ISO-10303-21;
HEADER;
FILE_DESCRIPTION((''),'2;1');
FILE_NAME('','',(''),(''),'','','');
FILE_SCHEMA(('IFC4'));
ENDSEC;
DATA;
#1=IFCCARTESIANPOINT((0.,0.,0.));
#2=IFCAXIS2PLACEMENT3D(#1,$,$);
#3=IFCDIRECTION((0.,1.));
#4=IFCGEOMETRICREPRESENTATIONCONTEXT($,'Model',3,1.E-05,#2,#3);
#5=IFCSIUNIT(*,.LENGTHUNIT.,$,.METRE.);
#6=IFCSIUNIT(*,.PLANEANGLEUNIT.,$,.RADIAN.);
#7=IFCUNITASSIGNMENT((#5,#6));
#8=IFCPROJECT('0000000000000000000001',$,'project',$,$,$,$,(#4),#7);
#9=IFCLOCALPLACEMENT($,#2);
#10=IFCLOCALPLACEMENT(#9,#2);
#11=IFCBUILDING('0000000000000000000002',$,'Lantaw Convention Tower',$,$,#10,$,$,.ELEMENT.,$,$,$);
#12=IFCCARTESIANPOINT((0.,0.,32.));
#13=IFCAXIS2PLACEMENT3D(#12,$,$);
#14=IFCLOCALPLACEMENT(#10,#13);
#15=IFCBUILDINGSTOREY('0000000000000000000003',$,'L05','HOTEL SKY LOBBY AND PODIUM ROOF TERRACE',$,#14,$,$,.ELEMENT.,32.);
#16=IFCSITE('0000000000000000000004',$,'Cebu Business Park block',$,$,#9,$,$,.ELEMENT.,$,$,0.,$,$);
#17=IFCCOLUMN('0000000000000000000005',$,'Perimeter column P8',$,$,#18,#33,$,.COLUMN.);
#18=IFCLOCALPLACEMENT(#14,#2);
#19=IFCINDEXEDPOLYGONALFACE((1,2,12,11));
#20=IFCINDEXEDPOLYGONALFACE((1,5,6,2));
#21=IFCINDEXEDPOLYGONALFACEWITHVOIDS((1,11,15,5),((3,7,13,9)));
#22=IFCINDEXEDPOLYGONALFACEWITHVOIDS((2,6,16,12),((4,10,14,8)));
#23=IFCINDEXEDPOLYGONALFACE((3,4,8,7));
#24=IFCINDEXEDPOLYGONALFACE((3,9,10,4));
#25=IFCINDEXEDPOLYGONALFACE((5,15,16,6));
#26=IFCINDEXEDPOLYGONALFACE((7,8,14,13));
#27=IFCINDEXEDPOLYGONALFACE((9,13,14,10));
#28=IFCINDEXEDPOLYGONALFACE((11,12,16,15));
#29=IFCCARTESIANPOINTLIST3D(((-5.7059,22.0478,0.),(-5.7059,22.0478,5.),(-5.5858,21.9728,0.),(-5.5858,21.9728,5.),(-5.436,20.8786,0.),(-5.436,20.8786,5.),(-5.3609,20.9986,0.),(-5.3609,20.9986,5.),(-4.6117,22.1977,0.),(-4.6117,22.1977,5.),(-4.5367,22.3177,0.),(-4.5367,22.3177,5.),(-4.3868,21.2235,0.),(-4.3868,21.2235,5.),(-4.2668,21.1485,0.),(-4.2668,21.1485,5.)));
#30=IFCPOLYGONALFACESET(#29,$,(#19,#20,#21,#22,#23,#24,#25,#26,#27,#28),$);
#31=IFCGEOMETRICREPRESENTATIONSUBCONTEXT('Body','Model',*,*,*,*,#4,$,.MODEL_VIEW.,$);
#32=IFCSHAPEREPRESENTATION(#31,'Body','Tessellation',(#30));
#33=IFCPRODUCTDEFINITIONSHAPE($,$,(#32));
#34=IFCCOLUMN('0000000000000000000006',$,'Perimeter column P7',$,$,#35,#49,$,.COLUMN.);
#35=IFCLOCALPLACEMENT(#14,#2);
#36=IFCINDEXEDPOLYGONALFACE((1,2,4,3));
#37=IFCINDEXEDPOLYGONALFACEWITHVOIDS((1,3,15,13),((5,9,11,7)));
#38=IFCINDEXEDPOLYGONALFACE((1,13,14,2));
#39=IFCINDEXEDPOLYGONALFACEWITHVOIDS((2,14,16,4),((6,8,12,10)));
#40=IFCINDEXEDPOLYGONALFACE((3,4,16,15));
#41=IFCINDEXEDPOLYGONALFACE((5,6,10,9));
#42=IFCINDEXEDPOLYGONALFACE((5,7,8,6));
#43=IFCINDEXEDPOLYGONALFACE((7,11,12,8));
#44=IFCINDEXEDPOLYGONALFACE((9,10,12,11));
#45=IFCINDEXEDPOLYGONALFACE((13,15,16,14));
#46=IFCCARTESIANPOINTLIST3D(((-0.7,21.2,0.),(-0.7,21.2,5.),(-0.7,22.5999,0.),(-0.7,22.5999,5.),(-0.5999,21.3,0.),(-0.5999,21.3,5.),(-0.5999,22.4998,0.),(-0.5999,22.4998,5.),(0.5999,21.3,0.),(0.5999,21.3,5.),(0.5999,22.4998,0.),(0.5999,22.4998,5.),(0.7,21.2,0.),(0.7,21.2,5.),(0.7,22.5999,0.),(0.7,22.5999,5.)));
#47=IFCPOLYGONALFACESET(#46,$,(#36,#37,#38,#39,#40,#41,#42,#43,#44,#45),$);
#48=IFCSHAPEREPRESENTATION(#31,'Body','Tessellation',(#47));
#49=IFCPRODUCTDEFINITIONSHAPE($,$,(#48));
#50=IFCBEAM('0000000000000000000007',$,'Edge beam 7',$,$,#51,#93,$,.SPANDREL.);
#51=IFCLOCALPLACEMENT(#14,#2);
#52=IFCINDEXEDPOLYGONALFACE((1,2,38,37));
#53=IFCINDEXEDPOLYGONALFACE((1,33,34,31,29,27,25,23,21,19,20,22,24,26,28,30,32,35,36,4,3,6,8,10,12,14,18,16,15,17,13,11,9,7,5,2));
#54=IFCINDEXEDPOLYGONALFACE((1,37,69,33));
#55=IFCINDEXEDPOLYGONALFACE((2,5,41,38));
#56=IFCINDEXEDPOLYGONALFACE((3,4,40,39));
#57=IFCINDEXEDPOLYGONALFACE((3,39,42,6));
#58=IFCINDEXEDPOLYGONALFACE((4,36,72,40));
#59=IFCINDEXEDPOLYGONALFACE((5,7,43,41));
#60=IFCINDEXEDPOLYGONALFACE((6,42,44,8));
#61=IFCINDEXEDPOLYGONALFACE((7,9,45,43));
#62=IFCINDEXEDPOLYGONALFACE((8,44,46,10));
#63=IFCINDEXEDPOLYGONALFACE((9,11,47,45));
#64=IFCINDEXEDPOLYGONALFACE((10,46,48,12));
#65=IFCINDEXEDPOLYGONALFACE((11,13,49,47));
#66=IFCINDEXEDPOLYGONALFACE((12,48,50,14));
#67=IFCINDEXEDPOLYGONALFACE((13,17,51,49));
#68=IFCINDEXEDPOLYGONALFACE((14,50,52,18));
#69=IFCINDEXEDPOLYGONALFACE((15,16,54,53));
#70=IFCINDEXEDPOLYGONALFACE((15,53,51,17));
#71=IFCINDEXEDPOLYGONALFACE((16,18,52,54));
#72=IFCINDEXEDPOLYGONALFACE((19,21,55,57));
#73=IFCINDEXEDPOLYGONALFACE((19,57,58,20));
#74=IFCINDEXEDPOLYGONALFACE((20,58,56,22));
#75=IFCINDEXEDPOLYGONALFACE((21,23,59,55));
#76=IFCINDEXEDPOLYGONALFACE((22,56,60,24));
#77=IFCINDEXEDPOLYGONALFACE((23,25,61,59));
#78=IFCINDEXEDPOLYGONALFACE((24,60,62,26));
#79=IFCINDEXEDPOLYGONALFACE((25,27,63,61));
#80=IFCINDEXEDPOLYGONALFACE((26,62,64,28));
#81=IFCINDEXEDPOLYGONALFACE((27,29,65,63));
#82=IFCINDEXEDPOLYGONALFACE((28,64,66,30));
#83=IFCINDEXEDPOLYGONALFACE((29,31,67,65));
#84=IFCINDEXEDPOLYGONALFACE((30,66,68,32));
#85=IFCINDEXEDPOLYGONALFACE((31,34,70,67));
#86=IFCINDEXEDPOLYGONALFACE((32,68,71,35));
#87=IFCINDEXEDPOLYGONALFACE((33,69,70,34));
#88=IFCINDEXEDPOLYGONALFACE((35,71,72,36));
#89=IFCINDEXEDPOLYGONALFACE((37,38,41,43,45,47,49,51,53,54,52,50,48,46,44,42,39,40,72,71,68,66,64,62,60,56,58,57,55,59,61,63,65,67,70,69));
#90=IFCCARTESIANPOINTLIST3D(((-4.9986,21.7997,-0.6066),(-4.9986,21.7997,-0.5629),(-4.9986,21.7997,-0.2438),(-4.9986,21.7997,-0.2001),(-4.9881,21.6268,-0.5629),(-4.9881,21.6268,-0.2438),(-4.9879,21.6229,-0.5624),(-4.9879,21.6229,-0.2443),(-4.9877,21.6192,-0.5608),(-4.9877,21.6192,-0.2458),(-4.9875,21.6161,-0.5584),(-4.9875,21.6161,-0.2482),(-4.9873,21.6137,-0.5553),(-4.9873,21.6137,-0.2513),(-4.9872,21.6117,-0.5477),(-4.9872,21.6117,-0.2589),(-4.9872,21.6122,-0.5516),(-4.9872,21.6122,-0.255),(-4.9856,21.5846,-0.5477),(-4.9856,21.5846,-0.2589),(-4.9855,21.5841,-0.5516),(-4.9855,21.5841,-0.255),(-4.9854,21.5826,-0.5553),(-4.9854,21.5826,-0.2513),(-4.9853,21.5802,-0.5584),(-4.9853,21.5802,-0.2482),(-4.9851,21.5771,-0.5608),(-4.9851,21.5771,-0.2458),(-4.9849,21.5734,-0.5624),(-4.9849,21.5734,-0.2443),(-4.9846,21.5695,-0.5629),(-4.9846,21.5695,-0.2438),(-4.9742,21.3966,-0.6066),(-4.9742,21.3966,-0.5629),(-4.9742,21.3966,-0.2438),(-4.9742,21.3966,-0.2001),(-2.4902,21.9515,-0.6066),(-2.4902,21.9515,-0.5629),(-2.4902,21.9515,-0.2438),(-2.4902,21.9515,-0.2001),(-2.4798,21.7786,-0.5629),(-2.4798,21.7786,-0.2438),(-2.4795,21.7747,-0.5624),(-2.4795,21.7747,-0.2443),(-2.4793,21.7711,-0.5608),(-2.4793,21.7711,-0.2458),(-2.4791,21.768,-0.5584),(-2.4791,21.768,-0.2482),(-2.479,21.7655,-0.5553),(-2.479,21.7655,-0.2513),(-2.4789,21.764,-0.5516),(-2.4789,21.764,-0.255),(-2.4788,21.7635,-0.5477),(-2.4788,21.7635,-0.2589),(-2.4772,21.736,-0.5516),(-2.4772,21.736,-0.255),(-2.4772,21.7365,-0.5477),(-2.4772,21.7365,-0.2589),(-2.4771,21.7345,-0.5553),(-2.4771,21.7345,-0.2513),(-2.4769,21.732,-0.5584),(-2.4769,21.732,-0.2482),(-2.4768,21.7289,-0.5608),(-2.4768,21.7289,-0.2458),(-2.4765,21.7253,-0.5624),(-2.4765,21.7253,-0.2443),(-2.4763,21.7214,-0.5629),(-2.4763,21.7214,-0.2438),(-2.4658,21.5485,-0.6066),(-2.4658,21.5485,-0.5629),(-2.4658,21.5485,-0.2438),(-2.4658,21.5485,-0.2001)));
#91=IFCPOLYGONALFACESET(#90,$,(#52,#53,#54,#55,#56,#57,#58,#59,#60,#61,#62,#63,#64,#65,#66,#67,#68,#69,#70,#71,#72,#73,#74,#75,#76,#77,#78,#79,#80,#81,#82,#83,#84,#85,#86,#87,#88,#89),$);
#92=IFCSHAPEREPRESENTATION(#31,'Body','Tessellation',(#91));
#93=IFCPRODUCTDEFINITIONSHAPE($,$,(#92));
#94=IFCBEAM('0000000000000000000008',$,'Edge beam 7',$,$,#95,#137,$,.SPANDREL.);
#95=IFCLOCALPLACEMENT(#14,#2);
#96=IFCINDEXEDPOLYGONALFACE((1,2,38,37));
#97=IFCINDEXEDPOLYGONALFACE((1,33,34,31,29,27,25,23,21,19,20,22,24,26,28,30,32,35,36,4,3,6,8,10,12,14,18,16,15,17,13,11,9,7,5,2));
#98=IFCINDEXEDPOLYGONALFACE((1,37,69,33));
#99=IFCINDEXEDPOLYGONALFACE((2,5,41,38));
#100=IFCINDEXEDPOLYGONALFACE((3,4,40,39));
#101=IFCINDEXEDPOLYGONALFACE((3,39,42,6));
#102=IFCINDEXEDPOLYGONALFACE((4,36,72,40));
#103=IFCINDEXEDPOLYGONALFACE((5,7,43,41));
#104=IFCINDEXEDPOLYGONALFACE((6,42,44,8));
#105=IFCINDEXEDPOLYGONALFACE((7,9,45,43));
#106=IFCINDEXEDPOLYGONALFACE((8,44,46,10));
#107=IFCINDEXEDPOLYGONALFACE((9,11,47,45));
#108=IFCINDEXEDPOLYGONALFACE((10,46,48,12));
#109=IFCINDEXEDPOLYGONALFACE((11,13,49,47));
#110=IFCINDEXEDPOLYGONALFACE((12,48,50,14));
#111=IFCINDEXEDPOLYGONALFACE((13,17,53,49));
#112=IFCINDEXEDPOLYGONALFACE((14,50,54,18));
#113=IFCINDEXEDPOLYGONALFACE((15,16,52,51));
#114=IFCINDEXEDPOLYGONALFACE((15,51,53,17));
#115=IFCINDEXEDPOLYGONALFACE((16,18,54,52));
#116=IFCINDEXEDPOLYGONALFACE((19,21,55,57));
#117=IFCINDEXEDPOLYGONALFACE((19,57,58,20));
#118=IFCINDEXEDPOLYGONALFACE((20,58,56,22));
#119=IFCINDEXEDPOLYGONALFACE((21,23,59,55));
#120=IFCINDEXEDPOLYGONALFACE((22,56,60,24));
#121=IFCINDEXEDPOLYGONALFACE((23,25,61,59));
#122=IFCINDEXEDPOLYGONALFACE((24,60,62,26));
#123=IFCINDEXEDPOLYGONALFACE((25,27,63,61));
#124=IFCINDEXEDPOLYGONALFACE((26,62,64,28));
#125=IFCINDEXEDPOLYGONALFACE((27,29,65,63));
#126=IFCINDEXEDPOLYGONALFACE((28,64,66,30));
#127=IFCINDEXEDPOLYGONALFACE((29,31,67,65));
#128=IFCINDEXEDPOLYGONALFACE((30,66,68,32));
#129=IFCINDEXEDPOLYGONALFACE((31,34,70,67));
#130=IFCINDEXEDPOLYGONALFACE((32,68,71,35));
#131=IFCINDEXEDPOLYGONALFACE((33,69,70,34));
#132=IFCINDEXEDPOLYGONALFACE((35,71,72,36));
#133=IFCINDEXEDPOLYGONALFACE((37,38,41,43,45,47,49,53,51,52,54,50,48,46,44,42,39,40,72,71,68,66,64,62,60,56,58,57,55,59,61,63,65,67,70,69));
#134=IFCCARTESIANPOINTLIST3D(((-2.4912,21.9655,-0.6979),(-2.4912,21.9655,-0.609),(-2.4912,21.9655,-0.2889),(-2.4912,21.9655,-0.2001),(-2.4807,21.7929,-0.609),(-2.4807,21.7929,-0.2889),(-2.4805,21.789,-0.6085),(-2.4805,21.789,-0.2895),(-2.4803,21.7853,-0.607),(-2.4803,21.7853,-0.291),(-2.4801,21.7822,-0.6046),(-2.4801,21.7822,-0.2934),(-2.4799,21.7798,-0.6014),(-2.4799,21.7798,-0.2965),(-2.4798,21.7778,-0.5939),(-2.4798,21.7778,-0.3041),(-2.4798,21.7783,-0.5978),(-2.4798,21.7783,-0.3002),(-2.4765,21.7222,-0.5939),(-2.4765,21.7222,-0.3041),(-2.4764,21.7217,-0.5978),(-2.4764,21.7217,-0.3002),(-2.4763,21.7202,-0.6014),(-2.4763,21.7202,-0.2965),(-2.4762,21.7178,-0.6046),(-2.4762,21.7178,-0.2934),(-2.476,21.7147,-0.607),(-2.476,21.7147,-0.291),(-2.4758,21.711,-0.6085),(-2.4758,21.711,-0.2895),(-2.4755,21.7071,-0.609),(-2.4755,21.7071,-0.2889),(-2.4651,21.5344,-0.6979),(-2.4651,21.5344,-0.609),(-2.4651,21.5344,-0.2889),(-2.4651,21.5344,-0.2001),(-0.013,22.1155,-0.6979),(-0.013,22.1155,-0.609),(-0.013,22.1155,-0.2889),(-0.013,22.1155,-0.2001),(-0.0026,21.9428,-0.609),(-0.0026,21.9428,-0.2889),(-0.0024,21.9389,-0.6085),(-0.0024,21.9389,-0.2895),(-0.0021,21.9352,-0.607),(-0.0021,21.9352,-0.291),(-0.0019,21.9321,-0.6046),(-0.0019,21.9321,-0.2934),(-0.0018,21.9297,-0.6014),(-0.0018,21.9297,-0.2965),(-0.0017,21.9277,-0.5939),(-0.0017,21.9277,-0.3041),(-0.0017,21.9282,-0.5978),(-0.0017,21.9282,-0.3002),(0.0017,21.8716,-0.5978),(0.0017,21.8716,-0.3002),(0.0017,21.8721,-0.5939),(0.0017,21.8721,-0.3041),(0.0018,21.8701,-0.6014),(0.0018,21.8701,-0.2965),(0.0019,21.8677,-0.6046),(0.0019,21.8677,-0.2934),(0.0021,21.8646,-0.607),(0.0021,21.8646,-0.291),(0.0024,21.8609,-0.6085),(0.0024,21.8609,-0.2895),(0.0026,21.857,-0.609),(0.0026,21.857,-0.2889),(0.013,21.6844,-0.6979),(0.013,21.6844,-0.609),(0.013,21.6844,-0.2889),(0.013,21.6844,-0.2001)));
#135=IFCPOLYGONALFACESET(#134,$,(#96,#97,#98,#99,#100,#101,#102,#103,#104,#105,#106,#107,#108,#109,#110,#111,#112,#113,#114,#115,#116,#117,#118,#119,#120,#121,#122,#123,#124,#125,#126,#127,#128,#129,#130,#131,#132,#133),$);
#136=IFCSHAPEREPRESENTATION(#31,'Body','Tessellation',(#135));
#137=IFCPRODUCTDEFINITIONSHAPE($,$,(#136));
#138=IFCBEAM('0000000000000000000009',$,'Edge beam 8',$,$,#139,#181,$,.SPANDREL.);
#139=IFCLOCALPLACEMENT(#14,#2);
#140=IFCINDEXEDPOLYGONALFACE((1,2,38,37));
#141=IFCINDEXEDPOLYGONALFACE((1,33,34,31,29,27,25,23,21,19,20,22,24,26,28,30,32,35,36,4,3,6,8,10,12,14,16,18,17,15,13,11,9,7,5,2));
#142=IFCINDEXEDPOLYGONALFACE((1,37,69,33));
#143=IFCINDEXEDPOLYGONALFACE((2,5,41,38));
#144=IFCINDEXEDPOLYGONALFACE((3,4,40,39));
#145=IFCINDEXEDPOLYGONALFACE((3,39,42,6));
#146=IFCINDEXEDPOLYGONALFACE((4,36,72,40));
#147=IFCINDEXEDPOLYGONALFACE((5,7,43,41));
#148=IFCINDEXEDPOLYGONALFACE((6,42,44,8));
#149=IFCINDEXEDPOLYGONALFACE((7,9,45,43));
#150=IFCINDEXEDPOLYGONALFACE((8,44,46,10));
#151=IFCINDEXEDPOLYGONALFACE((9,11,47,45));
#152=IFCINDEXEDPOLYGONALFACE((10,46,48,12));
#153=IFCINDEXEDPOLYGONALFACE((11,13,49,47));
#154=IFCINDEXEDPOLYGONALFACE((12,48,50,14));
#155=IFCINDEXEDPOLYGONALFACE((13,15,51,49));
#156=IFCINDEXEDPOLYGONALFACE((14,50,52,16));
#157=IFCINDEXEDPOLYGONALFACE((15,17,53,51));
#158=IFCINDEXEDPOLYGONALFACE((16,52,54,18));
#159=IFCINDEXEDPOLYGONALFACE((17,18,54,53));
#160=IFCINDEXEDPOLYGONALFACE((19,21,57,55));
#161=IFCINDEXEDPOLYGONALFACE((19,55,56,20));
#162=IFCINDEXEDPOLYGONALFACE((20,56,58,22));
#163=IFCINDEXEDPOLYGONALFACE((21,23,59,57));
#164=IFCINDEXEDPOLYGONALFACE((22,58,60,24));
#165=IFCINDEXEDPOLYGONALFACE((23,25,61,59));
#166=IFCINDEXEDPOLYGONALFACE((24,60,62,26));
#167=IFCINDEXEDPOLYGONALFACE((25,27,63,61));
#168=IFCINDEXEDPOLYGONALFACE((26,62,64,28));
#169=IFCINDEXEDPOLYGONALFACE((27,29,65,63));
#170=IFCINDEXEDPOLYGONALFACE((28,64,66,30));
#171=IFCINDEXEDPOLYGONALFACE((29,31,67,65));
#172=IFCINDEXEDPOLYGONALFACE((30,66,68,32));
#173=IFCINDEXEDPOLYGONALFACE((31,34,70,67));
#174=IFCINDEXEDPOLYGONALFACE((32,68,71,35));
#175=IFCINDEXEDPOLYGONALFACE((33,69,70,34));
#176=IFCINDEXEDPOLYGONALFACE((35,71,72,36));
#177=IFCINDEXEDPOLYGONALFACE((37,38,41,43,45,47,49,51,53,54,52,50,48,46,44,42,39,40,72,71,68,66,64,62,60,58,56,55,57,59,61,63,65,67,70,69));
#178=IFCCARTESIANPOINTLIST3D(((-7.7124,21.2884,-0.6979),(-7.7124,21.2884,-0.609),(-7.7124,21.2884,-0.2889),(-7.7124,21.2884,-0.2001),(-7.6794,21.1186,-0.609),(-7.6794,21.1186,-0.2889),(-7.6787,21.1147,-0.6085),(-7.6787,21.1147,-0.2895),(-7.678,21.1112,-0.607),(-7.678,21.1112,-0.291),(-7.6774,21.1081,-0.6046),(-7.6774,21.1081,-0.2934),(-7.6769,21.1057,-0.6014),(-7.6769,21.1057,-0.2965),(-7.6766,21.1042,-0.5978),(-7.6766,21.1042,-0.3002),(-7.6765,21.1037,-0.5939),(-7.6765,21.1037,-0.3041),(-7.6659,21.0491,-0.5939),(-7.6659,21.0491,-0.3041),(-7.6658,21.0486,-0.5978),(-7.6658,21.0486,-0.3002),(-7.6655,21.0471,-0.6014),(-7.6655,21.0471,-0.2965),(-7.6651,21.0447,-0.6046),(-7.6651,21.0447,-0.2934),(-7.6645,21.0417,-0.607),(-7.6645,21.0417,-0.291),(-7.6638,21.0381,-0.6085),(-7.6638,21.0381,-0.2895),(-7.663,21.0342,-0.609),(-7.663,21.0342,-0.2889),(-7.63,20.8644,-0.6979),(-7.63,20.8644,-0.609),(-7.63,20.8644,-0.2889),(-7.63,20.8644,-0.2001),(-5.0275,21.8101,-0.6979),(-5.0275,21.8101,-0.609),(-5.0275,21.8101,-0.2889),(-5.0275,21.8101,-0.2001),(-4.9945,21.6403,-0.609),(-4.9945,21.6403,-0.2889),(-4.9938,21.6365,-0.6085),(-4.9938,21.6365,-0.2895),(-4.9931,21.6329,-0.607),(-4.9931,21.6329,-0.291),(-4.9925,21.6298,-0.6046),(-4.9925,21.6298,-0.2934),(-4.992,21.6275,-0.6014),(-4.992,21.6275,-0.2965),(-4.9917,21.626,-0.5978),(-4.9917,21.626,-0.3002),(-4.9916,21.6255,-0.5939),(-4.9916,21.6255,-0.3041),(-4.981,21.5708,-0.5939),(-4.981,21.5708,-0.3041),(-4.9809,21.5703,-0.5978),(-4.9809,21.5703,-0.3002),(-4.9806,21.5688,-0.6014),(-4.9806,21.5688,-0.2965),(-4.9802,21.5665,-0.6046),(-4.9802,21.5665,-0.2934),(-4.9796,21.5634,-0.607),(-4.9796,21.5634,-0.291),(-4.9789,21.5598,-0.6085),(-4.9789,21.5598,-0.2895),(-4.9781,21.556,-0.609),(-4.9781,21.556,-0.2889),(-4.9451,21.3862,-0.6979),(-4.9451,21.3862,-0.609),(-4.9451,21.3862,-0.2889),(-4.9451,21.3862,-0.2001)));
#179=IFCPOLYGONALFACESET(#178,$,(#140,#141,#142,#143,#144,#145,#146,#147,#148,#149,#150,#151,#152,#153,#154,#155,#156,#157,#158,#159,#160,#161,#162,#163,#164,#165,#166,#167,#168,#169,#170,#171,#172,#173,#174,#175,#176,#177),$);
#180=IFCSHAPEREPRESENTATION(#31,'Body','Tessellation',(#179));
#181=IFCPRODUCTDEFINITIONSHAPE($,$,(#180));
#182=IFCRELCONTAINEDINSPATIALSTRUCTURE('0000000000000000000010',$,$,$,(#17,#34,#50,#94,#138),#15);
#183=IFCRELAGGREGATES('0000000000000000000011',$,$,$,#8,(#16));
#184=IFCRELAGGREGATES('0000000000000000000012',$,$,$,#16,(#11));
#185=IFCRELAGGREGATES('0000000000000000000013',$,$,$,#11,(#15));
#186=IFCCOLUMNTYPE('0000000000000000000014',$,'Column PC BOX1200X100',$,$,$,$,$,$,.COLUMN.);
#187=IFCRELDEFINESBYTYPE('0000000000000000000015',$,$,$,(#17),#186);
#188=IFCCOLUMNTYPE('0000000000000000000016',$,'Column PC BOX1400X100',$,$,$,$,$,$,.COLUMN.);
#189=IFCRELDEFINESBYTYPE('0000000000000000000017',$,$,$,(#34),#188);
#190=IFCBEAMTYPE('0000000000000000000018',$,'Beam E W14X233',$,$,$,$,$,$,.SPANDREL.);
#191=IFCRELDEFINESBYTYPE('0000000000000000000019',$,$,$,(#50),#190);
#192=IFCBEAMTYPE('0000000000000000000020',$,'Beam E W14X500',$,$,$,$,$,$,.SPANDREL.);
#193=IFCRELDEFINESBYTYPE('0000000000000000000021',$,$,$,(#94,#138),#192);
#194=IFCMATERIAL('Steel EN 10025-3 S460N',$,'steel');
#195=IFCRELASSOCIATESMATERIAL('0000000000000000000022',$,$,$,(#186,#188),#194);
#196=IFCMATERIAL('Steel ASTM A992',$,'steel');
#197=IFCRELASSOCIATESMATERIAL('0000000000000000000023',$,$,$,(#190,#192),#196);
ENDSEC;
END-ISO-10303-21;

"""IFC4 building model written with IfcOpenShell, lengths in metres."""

from ifc_helpers import new_model, si_unit, direction, frame, origin, origin_2d, place, context, subcontext, project, spatial, rectangle, hollow_rectangle, i_section, extrude, material, material_profile, profile_set, type_object, element, save


model = new_model("IFC4")

# Units and contexts
model_context = context("Model", 3, precision=1e-05, world=origin(), true_north=direction((0.0, 1.0)))
body_context = subcontext(model_context, "Body", "Model", "MODEL_VIEW")
ifc_project = project(units=[si_unit("LENGTHUNIT", "METRE"), si_unit("PLANEANGLEUNIT", "RADIAN")], contexts=[model_context])

# Site, building, storey
site_placement = place(None, origin())
site = spatial("IfcSite", under=ifc_project, at=site_placement, Name="Cebu Business Park block", CompositionType="ELEMENT", RefElevation=0.0)
building_placement = place(site_placement, origin())
building = spatial("IfcBuilding", under=site, at=building_placement, Name="Lantaw Convention Tower", CompositionType="ELEMENT")
storey_placement = place(building_placement, frame((0.0, 0.0, 32.0)))
storey = spatial("IfcBuildingStorey", under=building, at=storey_placement, Name="L05", Description="HOTEL SKY LOBBY AND PODIUM ROOF TERRACE", CompositionType="ELEMENT", Elevation=32.0)

# Columns
ifc_material_1 = material(Name="Steel EN 10025-3 S460N", Category="steel")
ifc_material_profile_1 = material_profile(ifc_material_1, hollow_rectangle(XDim=1.2, YDim=1.2, WallThickness=0.1001, at=origin_2d()), Name="BOX1200X100")
ifc_material_2 = material(Name="Concrete C60/75", Category="concrete")
ifc_material_profile_2 = material_profile(ifc_material_2, rectangle(XDim=1.0, YDim=1.0, at=origin_2d()), Name="Concrete fill of BOX1200X100")
ifc_profile_set_1 = profile_set([ifc_material_profile_1, ifc_material_profile_2], Name="Steel EN 10025-3 S460N")
column_type_1 = type_object("IfcColumnType", Name="Column PC BOX1200X100", PredefinedType="COLUMN", material=ifc_profile_set_1)
column_1_placement = place(storey_placement, frame((-4.9863, 21.5981, 0.0), z_axis=(0.0, 0.0, 1.0), x_axis=(0.97437, 0.224951, 0.0)))
element("IfcColumn", 1, at=column_1_placement, inside=storey, type_object=column_type_1, Name="Perimeter column P8", PredefinedType="COLUMN", context=body_context, shape_type="SweptSolid", body=[
    extrude(hollow_rectangle(XDim=1.2, YDim=1.2, WallThickness=0.1001, at=origin_2d()), origin(), (0.0, 0.0, 1.0), 5.0),
])
ifc_material_profile_3 = material_profile(ifc_material_1, hollow_rectangle(XDim=1.3999, YDim=1.3999, WallThickness=0.1001, at=origin_2d()), Name="BOX1400X100")
ifc_material_profile_4 = material_profile(ifc_material_2, rectangle(XDim=1.2, YDim=1.2, at=origin_2d()), Name="Concrete fill of BOX1400X100")
ifc_profile_set_2 = profile_set([ifc_material_profile_3, ifc_material_profile_4], Name="Steel EN 10025-3 S460N")
column_type_2 = type_object("IfcColumnType", Name="Column PC BOX1400X100", PredefinedType="COLUMN", material=ifc_profile_set_2)
column_2_placement = place(storey_placement, frame((0.0, 21.8999, 0.0), z_axis=(0.0, 0.0, 1.0), x_axis=(1.0, 0.0, 0.0)))
element("IfcColumn", 2, at=column_2_placement, inside=storey, type_object=column_type_2, Name="Perimeter column P7", PredefinedType="COLUMN", context=body_context, shape_type="SweptSolid", body=[
    extrude(hollow_rectangle(XDim=1.3999, YDim=1.3999, WallThickness=0.1001, at=origin_2d()), origin(), (0.0, 0.0, 1.0), 5.0),
])

# Beams
ifc_material_3 = material(Name="Steel ASTM A992", Category="steel")
ifc_material_profile_5 = material_profile(ifc_material_3, i_section(OverallWidth=0.4038, OverallDepth=0.4065, WebThickness=0.0271, FlangeThickness=0.0437, FilletRadius=0.0151, at=origin_2d()), Name="W14X233")
ifc_profile_set_3 = profile_set([ifc_material_profile_5], Name="Steel ASTM A992")
beam_type_1 = type_object("IfcBeamType", Name="Beam E W14X233", PredefinedType="SPANDREL", material=ifc_profile_set_3)
beam_1_placement = place(storey_placement, frame((-2.478, 21.75, -0.4033), z_axis=(-0.998172, -0.060431, 0.0), x_axis=(0.060431, -0.998172, 0.0)))
element("IfcBeam", 3, at=beam_1_placement, inside=storey, type_object=beam_type_1, Name="Edge beam 7", PredefinedType="SPANDREL", context=body_context, shape_type="SweptSolid", body=[
    extrude(i_section(OverallWidth=0.4038, OverallDepth=0.4065, WebThickness=0.0271, FlangeThickness=0.0437, FilletRadius=0.0151, at=origin_2d()), origin(), (0.0, 0.0, 1.0), 2.5129),
])
ifc_material_profile_6 = material_profile(ifc_material_3, i_section(OverallWidth=0.4319, OverallDepth=0.4978, WebThickness=0.0557, FlangeThickness=0.0889, FilletRadius=0.0151, at=origin_2d()), Name="W14X500")
ifc_profile_set_4 = profile_set([ifc_material_profile_6], Name="Steel ASTM A992")
beam_type_2 = type_object("IfcBeamType", Name="Beam E W14X500", PredefinedType="SPANDREL", material=ifc_profile_set_4)
beam_2_placement = place(storey_placement, frame((0.0, 21.8999, -0.449), z_axis=(-0.998175, -0.060382, 0.0), x_axis=(0.060382, -0.998175, 0.0)))
element("IfcBeam", 4, at=beam_2_placement, inside=storey, type_object=beam_type_2, Name="Edge beam 7", PredefinedType="SPANDREL", context=body_context, shape_type="SweptSolid", body=[
    extrude(i_section(OverallWidth=0.4319, OverallDepth=0.4978, WebThickness=0.0557, FlangeThickness=0.0889, FilletRadius=0.0151, at=origin_2d()), origin(), (0.0, 0.0, 1.0), 2.4827),
])
beam_3_placement = place(storey_placement, frame((-4.9863, 21.5981, -0.449), z_axis=(-0.981637, -0.190757, 0.0), x_axis=(0.190757, -0.981637, 0.0)))
element("IfcBeam", 5, at=beam_3_placement, inside=storey, type_object=beam_type_2, Name="Edge beam 8", PredefinedType="SPANDREL", context=body_context, shape_type="SweptSolid", body=[
    extrude(i_section(OverallWidth=0.4319, OverallDepth=0.4978, WebThickness=0.0557, FlangeThickness=0.0889, FilletRadius=0.0151, at=origin_2d()), origin(), (0.0, 0.0, 1.0), 2.7351),
])

save(model, "model.ifc")
